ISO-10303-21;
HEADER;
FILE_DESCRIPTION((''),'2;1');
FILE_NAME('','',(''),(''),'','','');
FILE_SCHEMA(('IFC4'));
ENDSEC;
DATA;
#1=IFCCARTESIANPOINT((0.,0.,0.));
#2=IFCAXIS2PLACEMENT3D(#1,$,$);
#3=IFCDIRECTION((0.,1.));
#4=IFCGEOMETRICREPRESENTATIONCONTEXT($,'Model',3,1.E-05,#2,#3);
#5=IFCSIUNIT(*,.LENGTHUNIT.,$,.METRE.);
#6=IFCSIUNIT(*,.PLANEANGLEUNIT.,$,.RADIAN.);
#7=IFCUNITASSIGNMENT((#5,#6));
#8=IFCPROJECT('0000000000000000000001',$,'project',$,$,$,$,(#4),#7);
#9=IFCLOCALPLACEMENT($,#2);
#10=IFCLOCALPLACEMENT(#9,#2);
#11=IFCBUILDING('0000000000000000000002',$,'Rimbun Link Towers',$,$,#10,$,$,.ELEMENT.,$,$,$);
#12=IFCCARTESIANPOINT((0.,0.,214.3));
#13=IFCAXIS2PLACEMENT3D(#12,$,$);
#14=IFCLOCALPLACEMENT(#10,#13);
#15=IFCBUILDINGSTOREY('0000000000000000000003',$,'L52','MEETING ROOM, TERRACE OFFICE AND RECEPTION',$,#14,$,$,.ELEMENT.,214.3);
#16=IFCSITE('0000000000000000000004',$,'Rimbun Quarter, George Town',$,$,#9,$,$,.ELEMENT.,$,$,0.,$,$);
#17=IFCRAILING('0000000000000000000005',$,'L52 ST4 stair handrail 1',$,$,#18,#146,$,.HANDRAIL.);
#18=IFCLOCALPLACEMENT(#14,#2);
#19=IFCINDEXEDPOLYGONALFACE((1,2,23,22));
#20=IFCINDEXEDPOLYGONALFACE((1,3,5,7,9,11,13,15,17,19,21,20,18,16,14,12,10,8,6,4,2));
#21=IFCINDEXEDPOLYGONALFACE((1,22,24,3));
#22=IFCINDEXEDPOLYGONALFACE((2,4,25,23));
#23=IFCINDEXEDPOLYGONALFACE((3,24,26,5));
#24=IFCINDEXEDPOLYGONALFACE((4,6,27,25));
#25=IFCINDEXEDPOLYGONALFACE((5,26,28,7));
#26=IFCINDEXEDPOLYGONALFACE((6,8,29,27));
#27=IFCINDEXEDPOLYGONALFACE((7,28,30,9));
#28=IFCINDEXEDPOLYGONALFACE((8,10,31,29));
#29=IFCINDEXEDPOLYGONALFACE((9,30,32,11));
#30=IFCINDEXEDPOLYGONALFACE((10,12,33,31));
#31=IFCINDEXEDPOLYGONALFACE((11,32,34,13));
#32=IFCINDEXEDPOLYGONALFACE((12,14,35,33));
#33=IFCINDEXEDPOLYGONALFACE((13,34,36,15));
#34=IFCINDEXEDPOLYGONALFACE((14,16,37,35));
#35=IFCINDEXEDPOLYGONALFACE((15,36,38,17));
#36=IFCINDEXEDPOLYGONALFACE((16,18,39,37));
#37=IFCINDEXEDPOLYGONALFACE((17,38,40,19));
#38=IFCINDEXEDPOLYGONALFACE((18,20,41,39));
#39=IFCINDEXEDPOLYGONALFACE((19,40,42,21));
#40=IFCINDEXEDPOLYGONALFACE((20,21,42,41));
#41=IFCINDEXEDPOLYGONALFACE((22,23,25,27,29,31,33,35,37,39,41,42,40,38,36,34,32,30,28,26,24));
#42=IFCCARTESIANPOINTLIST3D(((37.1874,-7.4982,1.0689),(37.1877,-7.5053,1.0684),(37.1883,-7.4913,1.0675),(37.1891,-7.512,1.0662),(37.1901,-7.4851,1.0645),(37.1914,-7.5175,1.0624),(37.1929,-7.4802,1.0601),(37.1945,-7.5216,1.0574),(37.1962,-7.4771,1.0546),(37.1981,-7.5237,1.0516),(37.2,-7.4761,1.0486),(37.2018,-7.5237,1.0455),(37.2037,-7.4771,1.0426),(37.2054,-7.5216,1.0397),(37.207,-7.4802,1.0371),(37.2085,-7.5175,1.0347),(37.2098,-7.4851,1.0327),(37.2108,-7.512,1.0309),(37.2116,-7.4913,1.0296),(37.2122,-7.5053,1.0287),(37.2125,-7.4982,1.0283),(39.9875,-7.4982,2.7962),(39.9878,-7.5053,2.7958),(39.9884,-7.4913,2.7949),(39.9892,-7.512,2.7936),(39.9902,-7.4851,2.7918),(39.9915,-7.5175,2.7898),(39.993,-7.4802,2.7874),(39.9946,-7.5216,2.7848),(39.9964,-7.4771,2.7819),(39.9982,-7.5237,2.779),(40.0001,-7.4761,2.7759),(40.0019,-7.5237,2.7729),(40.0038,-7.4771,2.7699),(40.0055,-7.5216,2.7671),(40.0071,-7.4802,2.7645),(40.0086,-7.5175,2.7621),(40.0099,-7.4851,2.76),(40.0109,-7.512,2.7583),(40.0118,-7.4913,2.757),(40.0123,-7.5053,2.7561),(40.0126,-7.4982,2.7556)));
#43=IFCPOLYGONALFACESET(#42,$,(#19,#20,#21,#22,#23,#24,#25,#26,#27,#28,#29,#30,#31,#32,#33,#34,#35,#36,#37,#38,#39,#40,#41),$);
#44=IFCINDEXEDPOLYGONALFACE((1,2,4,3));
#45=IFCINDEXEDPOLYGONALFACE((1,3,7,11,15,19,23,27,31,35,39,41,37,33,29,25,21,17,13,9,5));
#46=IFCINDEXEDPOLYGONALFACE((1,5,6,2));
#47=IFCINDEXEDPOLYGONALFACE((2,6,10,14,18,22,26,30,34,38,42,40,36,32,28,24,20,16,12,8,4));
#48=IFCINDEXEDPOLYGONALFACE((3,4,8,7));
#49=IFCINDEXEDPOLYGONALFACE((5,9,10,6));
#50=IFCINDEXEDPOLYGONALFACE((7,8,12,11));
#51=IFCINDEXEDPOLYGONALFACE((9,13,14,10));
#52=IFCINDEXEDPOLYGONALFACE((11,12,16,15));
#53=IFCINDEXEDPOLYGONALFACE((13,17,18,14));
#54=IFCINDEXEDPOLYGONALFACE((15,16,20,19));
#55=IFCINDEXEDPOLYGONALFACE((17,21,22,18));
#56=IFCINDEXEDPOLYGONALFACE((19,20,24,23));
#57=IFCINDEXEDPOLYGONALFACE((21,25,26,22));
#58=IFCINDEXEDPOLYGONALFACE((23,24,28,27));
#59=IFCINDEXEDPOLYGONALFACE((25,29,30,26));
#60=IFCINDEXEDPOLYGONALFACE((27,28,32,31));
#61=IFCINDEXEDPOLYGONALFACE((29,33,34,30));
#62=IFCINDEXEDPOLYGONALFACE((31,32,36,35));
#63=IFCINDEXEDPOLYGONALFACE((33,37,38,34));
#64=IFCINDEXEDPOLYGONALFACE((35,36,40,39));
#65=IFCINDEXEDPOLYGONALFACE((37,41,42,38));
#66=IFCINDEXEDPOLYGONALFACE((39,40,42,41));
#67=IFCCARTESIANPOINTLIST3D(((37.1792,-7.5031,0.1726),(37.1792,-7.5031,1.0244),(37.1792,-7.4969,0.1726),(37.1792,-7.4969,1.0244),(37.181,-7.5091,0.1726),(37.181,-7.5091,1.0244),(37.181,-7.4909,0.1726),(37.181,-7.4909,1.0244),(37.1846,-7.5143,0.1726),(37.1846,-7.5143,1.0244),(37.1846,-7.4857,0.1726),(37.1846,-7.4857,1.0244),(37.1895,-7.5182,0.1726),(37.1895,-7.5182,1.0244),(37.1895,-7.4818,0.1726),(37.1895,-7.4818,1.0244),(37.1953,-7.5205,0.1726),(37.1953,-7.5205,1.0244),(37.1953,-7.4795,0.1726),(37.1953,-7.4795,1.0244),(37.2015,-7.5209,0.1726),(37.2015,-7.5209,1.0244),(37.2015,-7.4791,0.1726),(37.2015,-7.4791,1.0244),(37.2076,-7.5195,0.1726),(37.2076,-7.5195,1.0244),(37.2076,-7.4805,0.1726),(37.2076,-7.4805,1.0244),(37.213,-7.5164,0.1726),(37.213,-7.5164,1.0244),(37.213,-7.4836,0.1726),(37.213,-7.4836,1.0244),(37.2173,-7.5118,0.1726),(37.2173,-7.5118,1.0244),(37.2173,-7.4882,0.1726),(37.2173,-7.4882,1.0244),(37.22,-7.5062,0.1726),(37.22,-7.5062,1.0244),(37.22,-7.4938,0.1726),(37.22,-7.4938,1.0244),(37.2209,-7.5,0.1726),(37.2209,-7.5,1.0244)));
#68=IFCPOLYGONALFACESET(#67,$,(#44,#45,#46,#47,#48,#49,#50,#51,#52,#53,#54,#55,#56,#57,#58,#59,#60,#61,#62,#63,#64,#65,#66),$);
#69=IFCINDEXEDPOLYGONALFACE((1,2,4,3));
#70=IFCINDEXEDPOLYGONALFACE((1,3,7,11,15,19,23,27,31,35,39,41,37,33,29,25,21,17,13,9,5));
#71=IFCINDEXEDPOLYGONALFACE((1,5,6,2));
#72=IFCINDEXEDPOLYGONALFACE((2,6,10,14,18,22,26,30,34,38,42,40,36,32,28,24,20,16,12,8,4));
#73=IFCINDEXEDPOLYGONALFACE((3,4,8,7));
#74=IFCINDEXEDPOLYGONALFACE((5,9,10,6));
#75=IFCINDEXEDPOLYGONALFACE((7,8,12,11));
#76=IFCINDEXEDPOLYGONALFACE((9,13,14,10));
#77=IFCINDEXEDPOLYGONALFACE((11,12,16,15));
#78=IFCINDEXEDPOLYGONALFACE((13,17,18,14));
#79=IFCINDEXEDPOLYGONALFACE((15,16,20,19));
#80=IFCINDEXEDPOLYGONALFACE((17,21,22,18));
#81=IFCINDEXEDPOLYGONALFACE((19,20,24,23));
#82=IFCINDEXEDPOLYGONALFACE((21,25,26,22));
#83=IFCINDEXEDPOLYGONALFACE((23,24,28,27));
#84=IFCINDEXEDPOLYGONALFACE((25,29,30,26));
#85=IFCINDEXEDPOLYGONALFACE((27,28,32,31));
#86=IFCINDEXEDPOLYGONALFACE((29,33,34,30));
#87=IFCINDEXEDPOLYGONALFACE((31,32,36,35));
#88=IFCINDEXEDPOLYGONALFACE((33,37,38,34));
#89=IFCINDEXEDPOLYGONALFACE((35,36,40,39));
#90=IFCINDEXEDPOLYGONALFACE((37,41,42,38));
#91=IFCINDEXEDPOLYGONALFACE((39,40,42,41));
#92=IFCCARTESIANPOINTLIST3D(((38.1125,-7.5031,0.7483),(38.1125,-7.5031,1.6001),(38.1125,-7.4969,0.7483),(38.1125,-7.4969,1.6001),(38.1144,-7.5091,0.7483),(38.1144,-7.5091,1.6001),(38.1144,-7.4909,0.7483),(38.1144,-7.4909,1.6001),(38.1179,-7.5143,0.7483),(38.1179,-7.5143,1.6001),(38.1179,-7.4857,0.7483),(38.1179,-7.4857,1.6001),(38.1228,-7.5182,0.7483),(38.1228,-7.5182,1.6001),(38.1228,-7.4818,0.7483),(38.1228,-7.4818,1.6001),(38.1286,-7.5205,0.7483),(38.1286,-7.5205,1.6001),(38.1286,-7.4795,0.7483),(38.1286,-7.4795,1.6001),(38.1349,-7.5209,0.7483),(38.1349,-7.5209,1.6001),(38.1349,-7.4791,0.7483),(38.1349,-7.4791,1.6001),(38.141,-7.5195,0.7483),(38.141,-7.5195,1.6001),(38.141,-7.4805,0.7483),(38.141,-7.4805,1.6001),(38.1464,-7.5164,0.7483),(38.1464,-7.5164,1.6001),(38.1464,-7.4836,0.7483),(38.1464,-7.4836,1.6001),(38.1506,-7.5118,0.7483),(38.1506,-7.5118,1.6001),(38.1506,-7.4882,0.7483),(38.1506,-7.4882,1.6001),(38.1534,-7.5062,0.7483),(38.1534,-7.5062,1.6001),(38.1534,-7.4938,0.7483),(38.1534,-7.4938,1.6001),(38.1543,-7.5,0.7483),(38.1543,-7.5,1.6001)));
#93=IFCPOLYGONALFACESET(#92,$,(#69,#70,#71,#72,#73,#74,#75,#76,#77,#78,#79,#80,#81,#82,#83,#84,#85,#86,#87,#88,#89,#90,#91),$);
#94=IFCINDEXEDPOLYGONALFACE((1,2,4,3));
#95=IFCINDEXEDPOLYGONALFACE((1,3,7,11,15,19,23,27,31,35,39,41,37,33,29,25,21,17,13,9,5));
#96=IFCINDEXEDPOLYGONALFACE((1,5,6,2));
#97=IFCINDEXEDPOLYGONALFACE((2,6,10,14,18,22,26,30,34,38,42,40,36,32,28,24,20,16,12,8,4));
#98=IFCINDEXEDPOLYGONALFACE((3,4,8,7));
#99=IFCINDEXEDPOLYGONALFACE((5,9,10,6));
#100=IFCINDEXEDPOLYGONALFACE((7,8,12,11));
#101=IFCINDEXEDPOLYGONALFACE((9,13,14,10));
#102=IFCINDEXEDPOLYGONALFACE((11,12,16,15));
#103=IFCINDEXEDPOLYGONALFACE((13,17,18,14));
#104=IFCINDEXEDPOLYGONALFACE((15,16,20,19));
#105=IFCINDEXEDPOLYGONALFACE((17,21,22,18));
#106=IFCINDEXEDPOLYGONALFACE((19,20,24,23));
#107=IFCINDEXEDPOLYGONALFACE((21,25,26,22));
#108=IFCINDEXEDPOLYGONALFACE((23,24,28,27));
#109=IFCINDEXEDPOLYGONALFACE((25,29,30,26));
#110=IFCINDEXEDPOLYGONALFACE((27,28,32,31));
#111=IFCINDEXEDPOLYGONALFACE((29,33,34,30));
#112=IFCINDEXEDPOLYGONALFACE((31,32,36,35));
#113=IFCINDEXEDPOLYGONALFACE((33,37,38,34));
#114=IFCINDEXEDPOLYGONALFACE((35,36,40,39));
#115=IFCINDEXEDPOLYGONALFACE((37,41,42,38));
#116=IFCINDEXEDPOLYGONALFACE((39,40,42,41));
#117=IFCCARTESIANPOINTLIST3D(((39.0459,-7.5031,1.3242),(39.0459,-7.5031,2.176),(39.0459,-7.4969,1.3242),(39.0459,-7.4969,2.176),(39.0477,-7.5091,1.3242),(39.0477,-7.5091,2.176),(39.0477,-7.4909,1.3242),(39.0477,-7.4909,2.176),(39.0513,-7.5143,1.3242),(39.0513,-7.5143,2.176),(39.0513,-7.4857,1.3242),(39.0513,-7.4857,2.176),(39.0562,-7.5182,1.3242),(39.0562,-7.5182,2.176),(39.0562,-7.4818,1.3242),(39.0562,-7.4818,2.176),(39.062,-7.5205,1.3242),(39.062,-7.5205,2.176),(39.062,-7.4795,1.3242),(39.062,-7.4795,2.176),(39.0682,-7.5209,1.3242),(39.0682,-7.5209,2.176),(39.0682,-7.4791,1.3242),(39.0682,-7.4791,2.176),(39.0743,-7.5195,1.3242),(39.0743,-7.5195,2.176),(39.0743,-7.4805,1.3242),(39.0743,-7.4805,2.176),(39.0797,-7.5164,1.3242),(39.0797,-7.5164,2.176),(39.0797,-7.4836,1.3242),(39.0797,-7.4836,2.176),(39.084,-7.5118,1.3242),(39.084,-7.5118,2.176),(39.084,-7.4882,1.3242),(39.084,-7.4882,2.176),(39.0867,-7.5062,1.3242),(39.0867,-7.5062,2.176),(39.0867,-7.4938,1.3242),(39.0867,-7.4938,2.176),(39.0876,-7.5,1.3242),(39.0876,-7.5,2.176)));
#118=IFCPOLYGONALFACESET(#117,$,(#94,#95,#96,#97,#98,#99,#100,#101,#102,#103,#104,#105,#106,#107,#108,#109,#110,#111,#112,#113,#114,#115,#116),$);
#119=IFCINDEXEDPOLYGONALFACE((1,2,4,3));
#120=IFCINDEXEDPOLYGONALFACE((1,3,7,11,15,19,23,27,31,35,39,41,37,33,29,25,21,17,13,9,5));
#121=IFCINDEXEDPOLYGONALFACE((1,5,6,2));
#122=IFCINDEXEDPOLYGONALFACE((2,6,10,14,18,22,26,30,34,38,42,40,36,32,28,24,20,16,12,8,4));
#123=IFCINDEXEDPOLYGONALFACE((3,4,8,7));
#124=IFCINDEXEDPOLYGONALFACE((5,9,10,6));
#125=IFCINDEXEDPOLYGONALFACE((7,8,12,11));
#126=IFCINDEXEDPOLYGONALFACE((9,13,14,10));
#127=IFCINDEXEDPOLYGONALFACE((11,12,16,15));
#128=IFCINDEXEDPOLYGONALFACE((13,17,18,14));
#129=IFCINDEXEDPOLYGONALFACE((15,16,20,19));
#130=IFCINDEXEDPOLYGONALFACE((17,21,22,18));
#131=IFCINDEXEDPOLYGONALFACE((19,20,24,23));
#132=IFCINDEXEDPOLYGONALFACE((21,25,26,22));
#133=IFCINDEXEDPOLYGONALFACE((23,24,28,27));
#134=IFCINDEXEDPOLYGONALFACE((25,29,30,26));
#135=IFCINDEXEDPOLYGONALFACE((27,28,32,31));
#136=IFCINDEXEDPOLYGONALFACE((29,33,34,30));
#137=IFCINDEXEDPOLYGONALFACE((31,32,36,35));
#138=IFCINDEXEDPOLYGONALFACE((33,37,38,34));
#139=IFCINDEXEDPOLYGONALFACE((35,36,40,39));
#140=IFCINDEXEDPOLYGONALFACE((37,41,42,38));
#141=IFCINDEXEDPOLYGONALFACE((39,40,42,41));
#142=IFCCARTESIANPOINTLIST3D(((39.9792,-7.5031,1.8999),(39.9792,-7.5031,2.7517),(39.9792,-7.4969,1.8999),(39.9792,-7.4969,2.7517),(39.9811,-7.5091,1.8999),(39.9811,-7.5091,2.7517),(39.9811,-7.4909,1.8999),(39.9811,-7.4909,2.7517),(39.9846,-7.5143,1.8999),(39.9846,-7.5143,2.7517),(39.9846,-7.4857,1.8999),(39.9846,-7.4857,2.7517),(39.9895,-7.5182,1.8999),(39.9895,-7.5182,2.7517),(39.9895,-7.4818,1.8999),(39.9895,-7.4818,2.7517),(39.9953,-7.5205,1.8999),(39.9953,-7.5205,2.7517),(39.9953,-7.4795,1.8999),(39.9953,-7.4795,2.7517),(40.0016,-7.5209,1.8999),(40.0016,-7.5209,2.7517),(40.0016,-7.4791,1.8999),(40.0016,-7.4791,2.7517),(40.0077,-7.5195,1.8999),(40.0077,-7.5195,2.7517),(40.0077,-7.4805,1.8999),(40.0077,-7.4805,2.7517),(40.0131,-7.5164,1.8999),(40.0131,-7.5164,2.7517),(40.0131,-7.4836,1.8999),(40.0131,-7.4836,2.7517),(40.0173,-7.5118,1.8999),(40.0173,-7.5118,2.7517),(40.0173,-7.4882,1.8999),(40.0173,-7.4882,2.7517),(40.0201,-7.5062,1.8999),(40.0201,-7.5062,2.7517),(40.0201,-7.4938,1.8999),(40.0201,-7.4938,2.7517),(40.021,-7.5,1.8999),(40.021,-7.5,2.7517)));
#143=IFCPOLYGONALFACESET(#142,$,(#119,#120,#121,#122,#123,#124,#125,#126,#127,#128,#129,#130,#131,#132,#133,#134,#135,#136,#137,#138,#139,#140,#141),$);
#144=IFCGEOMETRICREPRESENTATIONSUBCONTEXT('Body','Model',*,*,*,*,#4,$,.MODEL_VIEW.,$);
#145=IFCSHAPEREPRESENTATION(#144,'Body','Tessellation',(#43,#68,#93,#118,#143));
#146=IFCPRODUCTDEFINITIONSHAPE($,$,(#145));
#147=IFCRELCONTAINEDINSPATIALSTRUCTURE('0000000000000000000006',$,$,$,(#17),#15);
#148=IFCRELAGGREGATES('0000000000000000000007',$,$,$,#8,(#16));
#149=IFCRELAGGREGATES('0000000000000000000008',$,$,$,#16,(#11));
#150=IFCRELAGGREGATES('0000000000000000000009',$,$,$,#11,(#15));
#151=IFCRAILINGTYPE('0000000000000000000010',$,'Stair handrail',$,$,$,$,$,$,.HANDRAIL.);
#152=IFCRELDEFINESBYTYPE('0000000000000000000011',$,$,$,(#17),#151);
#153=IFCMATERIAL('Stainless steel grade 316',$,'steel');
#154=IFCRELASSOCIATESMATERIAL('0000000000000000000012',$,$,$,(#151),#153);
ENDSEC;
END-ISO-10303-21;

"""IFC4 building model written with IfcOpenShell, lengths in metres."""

from ifc_helpers import new_model, si_unit, direction, frame, origin, origin_2d, place, context, subcontext, project, spatial, circle, extrude, material, type_object, element, save


model = new_model("IFC4")

# Units and contexts
model_context = context("Model", 3, precision=1e-05, world=origin(), true_north=direction((0.0, 1.0)))
body_context = subcontext(model_context, "Body", "Model", "MODEL_VIEW")
ifc_project = project(units=[si_unit("LENGTHUNIT", "METRE"), si_unit("PLANEANGLEUNIT", "RADIAN")], contexts=[model_context])

# Site, building, storey
site_placement = place(None, origin())
site = spatial("IfcSite", under=ifc_project, at=site_placement, Name="Rimbun Quarter, George Town", CompositionType="ELEMENT", RefElevation=0.0)
building_placement = place(site_placement, origin())
building = spatial("IfcBuilding", under=site, at=building_placement, Name="Rimbun Link Towers", CompositionType="ELEMENT")
storey_placement = place(building_placement, frame((0.0, 0.0, 214.3)))
storey = spatial("IfcBuildingStorey", under=building, at=storey_placement, Name="L52", Description="MEETING ROOM, TERRACE OFFICE AND RECEPTION", CompositionType="ELEMENT", Elevation=214.3)

# Railing
ifc_material_1 = material(Name="Stainless steel grade 316", Category="steel")
railing_type_1 = type_object("IfcRailingType", Name="Stair handrail", PredefinedType="HANDRAIL", material=ifc_material_1)
railing_1_placement = place(storey_placement, frame((37.2, -7.5, 0.1726)))
element("IfcRailing", 1, at=railing_1_placement, inside=storey, type_object=railing_type_1, Name="L52 ST4 stair handrail 1", PredefinedType="HANDRAIL", context=body_context, shape_type="SweptSolid", body=[
    extrude(circle(Radius=0.0239, at=origin_2d()), frame((0.0, 0.0, 0.876), z_axis=(0.85109, 0.0, 0.52502), x_axis=(0.0, 1.0, 0.0)), (0.0, 0.0, 1.0), 3.29),
    extrude(circle(Radius=0.021, at=origin_2d()), origin(), (0.0, 0.0, 1.0), 0.8518),
    extrude(circle(Radius=0.021, at=origin_2d()), frame((0.9333, 0.0, 0.5757)), (0.0, 0.0, 1.0), 0.8518),
    extrude(circle(Radius=0.021, at=origin_2d()), frame((1.8667, 0.0, 1.1516)), (0.0, 0.0, 1.0), 0.8518),
    extrude(circle(Radius=0.021, at=origin_2d()), frame((2.8, 0.0, 1.7273)), (0.0, 0.0, 1.0), 0.8518),
])

save(model, "model.ifc")
